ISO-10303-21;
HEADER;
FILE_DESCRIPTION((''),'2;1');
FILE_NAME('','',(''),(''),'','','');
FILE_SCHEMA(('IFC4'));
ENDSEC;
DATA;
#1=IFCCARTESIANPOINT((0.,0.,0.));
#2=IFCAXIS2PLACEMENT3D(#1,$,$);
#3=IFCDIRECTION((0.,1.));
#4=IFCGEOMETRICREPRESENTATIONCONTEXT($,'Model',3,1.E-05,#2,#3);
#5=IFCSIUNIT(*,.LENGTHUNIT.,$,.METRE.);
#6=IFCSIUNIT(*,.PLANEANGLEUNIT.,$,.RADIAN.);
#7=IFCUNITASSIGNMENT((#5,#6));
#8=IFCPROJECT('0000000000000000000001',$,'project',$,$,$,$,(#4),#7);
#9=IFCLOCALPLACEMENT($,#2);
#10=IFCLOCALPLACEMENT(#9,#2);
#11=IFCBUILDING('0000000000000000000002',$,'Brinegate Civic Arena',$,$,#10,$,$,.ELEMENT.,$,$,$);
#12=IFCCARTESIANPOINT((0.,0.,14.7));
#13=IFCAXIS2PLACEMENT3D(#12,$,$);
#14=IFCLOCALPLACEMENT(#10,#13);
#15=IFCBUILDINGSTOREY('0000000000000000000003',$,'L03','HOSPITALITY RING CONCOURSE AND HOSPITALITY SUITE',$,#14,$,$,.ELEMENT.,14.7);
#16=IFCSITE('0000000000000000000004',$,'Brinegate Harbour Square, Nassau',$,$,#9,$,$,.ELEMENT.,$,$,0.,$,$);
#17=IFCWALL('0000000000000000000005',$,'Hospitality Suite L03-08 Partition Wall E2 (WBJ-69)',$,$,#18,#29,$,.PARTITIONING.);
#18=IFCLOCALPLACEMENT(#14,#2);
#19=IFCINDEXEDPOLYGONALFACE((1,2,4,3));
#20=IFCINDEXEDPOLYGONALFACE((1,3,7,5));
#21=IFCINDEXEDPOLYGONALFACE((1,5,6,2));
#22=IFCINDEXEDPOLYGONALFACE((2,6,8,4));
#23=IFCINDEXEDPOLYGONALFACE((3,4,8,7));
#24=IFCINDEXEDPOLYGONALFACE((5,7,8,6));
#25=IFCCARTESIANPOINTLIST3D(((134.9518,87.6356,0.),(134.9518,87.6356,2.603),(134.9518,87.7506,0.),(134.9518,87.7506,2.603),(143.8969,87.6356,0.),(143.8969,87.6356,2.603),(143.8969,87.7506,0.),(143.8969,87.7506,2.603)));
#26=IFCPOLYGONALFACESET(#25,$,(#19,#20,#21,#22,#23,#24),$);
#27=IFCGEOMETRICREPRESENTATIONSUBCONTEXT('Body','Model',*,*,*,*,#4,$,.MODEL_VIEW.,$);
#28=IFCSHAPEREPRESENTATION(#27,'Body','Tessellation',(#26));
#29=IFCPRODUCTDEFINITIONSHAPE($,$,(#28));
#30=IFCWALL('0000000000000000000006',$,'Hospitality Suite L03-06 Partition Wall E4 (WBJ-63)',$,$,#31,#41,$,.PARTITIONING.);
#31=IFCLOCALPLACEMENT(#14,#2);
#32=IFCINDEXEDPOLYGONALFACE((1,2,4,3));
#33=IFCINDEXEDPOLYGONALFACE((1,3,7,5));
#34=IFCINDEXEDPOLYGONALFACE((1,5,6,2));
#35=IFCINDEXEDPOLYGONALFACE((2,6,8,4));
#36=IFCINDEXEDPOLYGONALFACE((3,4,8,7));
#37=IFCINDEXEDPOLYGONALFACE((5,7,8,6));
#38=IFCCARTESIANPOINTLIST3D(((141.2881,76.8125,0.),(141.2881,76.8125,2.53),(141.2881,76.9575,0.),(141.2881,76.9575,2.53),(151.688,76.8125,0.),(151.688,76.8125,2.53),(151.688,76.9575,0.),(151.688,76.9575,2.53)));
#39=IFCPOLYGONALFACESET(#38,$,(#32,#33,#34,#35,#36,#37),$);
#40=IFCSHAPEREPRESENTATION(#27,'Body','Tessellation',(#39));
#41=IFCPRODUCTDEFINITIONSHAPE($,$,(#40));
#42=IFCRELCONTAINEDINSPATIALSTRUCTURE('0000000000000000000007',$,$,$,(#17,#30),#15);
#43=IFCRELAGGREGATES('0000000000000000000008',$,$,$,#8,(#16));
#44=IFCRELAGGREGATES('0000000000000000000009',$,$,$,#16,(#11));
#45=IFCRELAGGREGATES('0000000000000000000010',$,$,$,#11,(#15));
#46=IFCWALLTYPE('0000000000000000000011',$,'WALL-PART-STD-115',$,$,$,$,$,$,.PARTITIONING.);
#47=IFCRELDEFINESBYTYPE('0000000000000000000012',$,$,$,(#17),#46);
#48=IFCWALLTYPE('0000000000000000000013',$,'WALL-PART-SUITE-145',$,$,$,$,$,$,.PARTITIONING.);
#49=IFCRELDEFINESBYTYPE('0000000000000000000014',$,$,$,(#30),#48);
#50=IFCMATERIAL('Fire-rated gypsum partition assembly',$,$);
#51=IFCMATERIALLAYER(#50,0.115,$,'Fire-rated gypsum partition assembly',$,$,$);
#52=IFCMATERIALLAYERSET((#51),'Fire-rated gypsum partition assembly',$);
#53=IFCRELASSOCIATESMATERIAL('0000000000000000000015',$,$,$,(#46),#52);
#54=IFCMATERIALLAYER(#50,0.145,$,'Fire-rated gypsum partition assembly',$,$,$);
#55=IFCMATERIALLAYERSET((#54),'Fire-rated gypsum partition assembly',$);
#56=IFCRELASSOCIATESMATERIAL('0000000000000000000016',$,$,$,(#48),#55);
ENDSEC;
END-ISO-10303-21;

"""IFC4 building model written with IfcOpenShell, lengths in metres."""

from ifc_helpers import new_model, si_unit, direction, frame, frame_2d, origin, place, context, subcontext, project, spatial, rectangle, extrude, material, layer, layer_set, type_object, element, save


model = new_model("IFC4")

# Units and contexts
model_context = context("Model", 3, precision=1e-05, world=origin(), true_north=direction((0.0, 1.0)))
body_context = subcontext(model_context, "Body", "Model", "MODEL_VIEW")
ifc_project = project(units=[si_unit("LENGTHUNIT", "METRE"), si_unit("PLANEANGLEUNIT", "RADIAN")], contexts=[model_context])

# Site, building, storey
site_placement = place(None, origin())
site = spatial("IfcSite", under=ifc_project, at=site_placement, Name="Brinegate Harbour Square, Nassau", CompositionType="ELEMENT", RefElevation=0.0)
building_placement = place(site_placement, origin())
building = spatial("IfcBuilding", under=site, at=building_placement, Name="Brinegate Civic Arena", CompositionType="ELEMENT")
storey_placement = place(building_placement, frame((0.0, 0.0, 14.7)))
storey = spatial("IfcBuildingStorey", under=building, at=storey_placement, Name="L03", Description="HOSPITALITY RING CONCOURSE AND HOSPITALITY SUITE", CompositionType="ELEMENT", Elevation=14.7)

# Shared definitions
ifc_material_1 = material(Name="Fire-rated gypsum partition assembly")

# Walls
ifc_layer_1 = layer(ifc_material_1, 0.115, Name="Fire-rated gypsum partition assembly")
ifc_layer_set_1 = layer_set([ifc_layer_1], Name="Fire-rated gypsum partition assembly")
wall_type_1 = type_object("IfcWallType", Name="WALL-PART-STD-115", PredefinedType="PARTITIONING", material=ifc_layer_set_1)
wall_1_placement = place(storey_placement, frame((143.897, 87.6931, 0.0), z_axis=(0.0, 0.0, 1.0), x_axis=(-1.0, 0.0, 0.0)))
element("IfcWall", 1, at=wall_1_placement, inside=storey, type_object=wall_type_1, Name="Hospitality Suite L03-08 Partition Wall E2 (WBJ-69)", PredefinedType="PARTITIONING", context=body_context, shape_type="SweptSolid", body=[
    extrude(rectangle(XDim=8.9451, YDim=0.115, at=frame_2d((4.4727, 0.0))), origin(), (0.0, 0.0, 1.0), 2.603),
])
ifc_layer_2 = layer(ifc_material_1, 0.145, Name="Fire-rated gypsum partition assembly")
ifc_layer_set_2 = layer_set([ifc_layer_2], Name="Fire-rated gypsum partition assembly")
wall_type_2 = type_object("IfcWallType", Name="WALL-PART-SUITE-145", PredefinedType="PARTITIONING", material=ifc_layer_set_2)
wall_2_placement = place(storey_placement, frame((141.2881, 76.885, 0.0), z_axis=(0.0, 0.0, 1.0), x_axis=(1.0, 0.0, 0.0)))
element("IfcWall", 2, at=wall_2_placement, inside=storey, type_object=wall_type_2, Name="Hospitality Suite L03-06 Partition Wall E4 (WBJ-63)", PredefinedType="PARTITIONING", context=body_context, shape_type="SweptSolid", body=[
    extrude(rectangle(XDim=10.3999, YDim=0.145, at=frame_2d((5.2, 0.0))), origin(), (0.0, 0.0, 1.0), 2.53),
])

save(model, "model.ifc")
